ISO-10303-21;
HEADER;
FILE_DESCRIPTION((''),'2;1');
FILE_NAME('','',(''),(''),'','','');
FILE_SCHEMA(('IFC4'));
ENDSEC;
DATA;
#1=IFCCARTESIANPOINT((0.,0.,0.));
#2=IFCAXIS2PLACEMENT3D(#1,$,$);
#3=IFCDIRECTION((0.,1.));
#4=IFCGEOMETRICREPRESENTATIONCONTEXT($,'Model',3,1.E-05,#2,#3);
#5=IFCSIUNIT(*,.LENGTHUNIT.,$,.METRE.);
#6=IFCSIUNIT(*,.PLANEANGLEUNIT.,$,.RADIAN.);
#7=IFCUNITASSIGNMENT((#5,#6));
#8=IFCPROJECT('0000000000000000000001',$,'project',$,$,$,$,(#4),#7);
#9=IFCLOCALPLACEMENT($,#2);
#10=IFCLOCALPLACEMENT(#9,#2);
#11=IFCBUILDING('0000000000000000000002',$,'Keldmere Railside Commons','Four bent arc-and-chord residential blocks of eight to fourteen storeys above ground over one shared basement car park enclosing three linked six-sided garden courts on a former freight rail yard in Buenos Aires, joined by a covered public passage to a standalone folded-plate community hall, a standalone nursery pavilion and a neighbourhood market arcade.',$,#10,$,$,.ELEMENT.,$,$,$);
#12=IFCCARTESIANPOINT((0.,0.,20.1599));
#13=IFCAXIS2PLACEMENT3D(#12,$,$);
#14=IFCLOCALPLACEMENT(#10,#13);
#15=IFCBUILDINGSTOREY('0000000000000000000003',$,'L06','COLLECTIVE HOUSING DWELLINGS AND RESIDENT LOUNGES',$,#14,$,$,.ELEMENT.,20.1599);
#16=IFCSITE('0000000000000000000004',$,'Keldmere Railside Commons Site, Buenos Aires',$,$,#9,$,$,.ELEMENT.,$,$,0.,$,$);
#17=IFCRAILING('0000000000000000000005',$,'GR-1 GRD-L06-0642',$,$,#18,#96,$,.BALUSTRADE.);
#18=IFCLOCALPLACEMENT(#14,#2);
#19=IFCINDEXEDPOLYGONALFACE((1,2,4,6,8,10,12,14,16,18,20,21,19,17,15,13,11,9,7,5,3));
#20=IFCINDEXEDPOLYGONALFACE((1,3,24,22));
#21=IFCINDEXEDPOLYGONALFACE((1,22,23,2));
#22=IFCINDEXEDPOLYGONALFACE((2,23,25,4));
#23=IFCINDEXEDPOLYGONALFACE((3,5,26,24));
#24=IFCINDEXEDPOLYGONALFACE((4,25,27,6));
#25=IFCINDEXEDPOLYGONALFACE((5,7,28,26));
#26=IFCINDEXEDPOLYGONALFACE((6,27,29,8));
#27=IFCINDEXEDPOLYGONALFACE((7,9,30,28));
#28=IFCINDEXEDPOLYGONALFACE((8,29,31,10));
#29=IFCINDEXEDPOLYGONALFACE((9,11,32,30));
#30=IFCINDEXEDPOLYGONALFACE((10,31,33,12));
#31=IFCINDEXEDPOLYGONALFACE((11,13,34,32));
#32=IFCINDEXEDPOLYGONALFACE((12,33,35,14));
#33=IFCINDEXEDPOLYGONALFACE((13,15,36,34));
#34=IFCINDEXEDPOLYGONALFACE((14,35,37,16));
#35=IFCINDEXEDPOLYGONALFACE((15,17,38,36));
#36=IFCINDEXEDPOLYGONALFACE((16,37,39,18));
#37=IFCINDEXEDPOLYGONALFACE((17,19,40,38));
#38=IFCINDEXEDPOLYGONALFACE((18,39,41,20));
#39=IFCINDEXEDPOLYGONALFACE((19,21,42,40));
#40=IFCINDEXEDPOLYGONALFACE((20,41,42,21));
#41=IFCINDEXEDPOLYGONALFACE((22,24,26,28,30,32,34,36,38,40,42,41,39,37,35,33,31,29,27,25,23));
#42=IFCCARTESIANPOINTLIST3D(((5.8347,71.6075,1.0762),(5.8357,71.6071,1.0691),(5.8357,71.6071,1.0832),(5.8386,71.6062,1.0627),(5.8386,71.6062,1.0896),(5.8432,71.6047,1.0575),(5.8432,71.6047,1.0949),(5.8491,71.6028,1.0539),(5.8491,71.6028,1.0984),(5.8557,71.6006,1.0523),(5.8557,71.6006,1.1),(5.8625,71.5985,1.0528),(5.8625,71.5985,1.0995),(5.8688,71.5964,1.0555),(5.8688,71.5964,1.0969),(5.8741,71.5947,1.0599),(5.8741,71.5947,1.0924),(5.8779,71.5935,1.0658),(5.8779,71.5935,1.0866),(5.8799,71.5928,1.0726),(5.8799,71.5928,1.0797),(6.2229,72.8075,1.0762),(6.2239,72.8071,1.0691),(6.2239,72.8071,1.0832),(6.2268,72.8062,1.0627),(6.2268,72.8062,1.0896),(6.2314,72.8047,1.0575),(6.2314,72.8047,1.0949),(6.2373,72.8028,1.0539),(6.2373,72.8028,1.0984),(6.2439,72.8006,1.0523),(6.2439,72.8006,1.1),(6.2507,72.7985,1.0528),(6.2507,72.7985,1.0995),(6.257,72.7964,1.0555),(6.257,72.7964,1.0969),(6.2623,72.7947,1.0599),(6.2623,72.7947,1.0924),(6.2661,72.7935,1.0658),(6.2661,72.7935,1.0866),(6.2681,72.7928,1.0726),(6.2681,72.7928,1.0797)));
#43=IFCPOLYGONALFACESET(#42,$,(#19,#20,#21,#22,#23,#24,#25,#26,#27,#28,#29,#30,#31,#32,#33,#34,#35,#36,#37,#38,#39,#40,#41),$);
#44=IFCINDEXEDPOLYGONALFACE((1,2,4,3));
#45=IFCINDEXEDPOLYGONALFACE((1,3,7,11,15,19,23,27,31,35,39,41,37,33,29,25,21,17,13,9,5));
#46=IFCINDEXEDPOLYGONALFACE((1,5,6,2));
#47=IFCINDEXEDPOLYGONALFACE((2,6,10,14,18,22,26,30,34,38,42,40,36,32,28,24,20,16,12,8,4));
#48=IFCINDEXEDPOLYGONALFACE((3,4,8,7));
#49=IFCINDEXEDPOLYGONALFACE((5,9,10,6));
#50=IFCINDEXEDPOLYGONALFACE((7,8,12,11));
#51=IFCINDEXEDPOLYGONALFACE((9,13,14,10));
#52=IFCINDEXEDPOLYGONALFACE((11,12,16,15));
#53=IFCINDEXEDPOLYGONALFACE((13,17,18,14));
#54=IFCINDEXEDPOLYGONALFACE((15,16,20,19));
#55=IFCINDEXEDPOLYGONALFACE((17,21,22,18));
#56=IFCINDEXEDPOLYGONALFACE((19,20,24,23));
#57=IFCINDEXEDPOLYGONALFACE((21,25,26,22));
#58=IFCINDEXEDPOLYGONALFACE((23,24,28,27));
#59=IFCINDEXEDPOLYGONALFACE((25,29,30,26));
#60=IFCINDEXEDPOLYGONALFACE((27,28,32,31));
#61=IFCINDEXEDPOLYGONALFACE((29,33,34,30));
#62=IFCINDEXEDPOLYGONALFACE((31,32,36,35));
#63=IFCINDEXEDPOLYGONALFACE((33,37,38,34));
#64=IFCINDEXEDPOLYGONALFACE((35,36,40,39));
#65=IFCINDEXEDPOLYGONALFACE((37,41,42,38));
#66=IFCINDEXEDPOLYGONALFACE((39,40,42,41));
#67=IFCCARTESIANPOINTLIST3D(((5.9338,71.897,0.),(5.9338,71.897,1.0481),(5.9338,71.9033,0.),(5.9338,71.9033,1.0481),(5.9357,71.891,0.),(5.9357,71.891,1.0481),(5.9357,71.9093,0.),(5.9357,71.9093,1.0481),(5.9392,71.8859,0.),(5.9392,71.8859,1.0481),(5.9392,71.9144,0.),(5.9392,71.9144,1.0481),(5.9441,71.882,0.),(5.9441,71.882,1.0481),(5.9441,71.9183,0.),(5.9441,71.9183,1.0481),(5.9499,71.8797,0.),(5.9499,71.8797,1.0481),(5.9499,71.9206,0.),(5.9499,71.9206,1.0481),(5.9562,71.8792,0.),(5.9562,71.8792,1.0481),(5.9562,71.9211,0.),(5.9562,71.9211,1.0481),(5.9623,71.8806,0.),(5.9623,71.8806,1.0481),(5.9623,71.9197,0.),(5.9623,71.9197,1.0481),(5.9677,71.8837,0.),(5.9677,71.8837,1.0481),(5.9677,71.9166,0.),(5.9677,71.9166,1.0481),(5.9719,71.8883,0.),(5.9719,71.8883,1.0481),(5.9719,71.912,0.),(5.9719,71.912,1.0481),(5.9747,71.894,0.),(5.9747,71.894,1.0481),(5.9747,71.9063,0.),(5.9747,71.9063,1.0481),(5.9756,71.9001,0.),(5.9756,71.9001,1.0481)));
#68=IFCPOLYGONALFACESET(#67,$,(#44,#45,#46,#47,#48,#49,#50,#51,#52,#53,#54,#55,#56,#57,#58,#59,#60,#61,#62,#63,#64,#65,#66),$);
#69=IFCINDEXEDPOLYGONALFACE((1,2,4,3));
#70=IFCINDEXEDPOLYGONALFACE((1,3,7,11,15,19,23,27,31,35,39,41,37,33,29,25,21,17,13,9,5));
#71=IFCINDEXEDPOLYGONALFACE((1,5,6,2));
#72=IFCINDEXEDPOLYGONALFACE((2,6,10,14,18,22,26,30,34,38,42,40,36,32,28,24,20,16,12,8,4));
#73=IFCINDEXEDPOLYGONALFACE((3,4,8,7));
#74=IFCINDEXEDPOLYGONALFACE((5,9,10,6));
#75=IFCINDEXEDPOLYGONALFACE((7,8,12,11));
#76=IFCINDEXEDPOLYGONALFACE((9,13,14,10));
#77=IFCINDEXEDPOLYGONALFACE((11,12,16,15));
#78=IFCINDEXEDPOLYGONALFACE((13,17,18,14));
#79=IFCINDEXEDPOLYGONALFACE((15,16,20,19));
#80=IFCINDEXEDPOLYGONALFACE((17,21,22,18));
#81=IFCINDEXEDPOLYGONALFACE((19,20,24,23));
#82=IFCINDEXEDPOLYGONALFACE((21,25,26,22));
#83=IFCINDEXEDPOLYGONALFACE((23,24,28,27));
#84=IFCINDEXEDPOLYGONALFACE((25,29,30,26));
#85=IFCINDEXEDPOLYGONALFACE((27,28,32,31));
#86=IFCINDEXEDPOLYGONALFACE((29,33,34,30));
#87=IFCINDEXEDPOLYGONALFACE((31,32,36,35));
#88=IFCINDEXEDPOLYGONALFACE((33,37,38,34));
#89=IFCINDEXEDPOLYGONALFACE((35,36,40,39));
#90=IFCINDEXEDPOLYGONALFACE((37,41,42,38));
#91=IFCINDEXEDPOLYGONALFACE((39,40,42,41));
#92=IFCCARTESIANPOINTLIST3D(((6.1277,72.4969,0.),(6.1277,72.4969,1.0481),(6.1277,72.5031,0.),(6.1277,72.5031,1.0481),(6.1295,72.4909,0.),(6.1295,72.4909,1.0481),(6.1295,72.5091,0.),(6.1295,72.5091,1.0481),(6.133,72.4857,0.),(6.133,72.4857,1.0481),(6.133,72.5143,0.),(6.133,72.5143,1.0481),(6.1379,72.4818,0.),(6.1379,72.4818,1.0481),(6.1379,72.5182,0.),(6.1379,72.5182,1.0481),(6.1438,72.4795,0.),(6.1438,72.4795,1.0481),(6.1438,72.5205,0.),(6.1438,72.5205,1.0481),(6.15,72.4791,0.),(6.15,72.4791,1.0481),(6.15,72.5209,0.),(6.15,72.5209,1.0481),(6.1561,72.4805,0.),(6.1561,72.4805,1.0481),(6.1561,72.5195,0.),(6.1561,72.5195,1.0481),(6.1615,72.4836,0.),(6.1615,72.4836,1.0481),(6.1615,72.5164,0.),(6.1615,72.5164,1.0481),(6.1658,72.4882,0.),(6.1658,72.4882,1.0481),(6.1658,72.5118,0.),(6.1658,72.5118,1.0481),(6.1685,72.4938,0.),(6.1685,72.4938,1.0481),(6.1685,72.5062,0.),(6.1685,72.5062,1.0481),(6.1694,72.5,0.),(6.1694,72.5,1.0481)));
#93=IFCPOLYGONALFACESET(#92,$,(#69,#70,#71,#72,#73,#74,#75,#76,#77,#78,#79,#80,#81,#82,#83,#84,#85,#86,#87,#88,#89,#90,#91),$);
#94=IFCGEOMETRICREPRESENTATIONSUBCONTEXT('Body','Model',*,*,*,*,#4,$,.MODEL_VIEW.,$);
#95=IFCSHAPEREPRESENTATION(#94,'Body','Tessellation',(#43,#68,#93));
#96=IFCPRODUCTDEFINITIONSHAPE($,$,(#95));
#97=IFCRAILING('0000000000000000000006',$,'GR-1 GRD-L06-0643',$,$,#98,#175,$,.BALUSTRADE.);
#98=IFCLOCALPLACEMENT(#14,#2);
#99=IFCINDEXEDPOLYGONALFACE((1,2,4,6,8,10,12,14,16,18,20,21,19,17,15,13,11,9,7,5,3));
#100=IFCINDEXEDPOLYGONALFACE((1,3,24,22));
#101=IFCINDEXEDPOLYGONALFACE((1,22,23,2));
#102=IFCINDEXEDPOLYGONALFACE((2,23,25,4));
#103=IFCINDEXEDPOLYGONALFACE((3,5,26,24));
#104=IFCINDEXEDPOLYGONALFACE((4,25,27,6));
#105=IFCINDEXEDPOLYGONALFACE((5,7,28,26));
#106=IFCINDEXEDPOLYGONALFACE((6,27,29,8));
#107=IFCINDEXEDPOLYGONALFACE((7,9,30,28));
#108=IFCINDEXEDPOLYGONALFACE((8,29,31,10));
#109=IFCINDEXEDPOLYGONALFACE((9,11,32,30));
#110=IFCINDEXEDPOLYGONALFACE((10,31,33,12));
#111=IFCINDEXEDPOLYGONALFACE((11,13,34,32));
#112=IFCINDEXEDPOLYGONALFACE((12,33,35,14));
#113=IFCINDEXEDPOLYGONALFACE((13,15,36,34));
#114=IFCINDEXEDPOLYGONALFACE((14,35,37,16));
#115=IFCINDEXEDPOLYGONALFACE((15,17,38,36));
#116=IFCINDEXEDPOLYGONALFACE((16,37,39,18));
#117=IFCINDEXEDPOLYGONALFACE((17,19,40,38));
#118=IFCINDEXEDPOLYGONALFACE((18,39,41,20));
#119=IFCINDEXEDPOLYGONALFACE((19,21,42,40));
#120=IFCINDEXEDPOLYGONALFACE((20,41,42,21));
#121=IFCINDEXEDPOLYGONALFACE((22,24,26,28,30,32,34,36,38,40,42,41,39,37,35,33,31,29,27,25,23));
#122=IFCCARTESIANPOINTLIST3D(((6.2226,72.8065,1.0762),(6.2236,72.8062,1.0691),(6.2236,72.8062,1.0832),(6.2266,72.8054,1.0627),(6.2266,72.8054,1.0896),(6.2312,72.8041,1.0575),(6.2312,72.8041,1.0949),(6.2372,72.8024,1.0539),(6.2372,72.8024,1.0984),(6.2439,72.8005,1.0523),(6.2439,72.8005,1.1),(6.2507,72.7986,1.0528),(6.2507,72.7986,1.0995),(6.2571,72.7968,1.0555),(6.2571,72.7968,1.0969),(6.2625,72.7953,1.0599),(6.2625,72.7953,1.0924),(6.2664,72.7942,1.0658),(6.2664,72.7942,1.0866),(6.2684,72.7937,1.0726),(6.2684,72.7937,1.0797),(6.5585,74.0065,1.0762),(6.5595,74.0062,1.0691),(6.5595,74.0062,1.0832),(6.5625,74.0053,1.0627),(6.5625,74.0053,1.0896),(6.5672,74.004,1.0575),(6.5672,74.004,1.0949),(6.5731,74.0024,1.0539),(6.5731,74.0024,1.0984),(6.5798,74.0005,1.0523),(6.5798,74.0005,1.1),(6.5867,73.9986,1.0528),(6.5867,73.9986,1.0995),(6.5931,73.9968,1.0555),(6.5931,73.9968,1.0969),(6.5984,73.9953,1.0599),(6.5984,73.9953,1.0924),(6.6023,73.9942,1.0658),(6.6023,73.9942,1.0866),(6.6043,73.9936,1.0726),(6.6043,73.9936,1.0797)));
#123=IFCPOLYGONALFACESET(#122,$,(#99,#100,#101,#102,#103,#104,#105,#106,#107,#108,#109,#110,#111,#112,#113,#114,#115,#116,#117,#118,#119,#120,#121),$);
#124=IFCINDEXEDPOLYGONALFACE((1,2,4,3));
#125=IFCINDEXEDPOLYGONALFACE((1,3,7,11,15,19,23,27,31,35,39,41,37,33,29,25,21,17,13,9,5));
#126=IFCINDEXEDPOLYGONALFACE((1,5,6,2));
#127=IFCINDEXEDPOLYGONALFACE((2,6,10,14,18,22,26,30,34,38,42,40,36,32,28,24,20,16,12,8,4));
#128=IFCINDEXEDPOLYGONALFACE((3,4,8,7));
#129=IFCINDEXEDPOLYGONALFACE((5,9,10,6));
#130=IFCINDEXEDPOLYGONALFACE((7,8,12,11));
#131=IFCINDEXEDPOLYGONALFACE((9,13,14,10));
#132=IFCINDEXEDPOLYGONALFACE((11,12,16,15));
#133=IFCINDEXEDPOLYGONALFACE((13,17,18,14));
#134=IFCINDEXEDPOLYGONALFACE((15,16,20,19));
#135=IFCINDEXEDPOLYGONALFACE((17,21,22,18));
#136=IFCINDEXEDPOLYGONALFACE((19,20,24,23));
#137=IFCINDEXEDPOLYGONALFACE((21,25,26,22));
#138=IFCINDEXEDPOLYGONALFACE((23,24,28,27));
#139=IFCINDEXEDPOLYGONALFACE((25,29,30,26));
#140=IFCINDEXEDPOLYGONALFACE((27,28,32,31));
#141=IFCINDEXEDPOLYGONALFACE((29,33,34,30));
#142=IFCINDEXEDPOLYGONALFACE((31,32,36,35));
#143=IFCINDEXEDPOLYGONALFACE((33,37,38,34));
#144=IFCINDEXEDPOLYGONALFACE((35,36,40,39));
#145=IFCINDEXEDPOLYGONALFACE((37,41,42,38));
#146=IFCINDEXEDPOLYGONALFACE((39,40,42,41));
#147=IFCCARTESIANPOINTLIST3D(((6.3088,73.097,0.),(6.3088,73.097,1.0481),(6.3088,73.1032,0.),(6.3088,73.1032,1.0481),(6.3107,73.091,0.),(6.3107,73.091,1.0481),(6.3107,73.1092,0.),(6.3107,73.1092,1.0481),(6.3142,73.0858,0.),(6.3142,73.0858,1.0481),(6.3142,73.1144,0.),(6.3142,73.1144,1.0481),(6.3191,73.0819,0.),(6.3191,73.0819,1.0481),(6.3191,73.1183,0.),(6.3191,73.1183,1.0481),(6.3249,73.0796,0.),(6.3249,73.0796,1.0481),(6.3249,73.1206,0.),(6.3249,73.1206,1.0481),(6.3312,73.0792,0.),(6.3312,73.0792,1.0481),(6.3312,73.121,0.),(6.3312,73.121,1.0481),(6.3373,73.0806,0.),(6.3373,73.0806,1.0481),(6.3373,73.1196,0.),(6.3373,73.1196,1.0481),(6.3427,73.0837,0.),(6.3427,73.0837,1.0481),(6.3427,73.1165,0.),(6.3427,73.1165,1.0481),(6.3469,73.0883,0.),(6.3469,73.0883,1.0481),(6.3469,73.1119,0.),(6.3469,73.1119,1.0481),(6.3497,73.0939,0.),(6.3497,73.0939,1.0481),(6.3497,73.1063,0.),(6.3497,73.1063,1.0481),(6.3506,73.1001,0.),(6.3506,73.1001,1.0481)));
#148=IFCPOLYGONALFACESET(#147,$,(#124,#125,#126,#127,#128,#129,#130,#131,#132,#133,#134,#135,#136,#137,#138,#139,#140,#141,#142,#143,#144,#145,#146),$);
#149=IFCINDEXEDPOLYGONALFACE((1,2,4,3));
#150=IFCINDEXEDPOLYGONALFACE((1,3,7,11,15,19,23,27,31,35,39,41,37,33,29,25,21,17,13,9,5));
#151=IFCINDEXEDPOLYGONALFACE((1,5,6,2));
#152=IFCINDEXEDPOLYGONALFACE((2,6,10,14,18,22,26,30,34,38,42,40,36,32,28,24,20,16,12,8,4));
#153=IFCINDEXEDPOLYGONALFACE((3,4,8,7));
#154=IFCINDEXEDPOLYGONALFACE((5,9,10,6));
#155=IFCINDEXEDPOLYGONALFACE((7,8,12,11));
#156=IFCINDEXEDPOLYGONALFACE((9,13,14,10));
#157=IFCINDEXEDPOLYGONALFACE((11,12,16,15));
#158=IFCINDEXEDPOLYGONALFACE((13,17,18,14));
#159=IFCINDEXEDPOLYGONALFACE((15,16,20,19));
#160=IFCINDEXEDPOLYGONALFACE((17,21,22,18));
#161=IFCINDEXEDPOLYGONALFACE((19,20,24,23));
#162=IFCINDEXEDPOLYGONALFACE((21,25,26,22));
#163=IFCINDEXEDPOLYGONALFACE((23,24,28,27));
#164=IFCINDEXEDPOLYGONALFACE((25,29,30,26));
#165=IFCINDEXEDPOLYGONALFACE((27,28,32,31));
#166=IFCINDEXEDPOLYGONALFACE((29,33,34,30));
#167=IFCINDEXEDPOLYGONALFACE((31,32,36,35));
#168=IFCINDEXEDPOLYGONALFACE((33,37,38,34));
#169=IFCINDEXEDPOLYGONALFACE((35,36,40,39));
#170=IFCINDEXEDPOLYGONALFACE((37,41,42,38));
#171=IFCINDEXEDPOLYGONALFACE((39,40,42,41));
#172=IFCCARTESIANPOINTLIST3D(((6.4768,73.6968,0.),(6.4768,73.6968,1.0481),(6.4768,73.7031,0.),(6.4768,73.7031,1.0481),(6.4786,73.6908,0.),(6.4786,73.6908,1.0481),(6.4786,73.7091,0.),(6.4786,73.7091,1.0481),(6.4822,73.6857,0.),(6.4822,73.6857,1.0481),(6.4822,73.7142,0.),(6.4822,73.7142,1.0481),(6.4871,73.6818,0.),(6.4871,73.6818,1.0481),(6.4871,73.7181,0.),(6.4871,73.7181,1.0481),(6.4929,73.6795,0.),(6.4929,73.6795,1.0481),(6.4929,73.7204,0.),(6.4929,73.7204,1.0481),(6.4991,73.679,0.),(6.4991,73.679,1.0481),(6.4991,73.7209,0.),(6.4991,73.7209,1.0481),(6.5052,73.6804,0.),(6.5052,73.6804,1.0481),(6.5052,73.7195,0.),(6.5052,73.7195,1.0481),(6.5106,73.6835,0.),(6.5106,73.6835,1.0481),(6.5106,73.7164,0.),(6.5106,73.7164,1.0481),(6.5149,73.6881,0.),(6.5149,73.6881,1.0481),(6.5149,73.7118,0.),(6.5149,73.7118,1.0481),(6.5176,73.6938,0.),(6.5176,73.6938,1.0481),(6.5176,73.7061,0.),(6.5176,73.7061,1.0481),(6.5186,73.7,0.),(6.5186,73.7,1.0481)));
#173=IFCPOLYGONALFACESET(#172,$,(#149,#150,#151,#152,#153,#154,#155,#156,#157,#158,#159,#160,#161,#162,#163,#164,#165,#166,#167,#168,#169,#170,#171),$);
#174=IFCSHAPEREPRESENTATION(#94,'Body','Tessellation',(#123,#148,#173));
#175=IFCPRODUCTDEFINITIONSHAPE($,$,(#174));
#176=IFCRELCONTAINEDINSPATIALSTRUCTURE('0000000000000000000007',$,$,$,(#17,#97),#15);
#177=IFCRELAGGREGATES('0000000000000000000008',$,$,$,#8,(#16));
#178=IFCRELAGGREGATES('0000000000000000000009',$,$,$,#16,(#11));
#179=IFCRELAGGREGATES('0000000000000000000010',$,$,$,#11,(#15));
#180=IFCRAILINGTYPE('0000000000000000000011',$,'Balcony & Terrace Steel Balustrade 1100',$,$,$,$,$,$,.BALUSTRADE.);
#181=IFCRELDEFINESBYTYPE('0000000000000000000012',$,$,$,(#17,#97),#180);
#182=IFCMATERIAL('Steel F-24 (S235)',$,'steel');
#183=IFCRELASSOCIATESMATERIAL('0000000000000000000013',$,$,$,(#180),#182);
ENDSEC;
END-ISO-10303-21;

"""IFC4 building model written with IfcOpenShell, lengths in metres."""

from ifc_helpers import new_model, si_unit, direction, frame, origin, origin_2d, place, context, subcontext, project, spatial, circle, extrude, material, type_object, element, save


model = new_model("IFC4")

# Units and contexts
model_context = context("Model", 3, precision=1e-05, world=origin(), true_north=direction((0.0, 1.0)))
body_context = subcontext(model_context, "Body", "Model", "MODEL_VIEW")
ifc_project = project(units=[si_unit("LENGTHUNIT", "METRE"), si_unit("PLANEANGLEUNIT", "RADIAN")], contexts=[model_context])

# Site, building, storey
site_placement = place(None, origin())
site = spatial("IfcSite", under=ifc_project, at=site_placement, Name="Keldmere Railside Commons Site, Buenos Aires", CompositionType="ELEMENT", RefElevation=0.0)
building_placement = place(site_placement, origin())
building = spatial("IfcBuilding", under=site, at=building_placement, Name="Keldmere Railside Commons", Description="Four bent arc-and-chord residential blocks of eight to fourteen storeys above ground over one shared basement car park enclosing three linked six-sided garden courts on a former freight rail yard in Buenos Aires, joined by a covered public passage to a standalone folded-plate community hall, a standalone nursery pavilion and a neighbourhood market arcade.", CompositionType="ELEMENT")
storey_placement = place(building_placement, frame((0.0, 0.0, 20.1599)))
storey = spatial("IfcBuildingStorey", under=building, at=storey_placement, Name="L06", Description="COLLECTIVE HOUSING DWELLINGS AND RESIDENT LOUNGES", CompositionType="ELEMENT", Elevation=20.1599)

# Shared definitions
ifc_material_1 = material(Name="Steel F-24 (S235)", Category="steel")

# Railings
railing_type_1 = type_object("IfcRailingType", Name="Balcony & Terrace Steel Balustrade 1100", PredefinedType="BALUSTRADE", material=ifc_material_1)
railing_1_placement = place(storey_placement, frame((5.8574, 71.6001, 0.0)))
element("IfcRailing", 1, at=railing_1_placement, inside=storey, type_object=railing_type_1, Name="GR-1 GRD-L06-0642", PredefinedType="BALUSTRADE", context=body_context, shape_type="SweptSolid", body=[
    extrude(circle(Radius=0.0239, at=origin_2d()), frame((0.0, 0.0, 1.0762), z_axis=(0.307795, 0.951453, 0.0), x_axis=(-0.951453, 0.307795, 0.0)), (0.0, 0.0, 1.0), 1.2612),
    extrude(circle(Radius=0.021, at=origin_2d()), frame((0.0972, 0.3, 0.0)), (0.0, 0.0, 1.0), 1.0481),
    extrude(circle(Radius=0.021, at=origin_2d()), frame((0.291, 0.8999, 0.0)), (0.0, 0.0, 1.0), 1.0481),
])
railing_2_placement = place(storey_placement, frame((6.2456, 72.8, 0.0)))
element("IfcRailing", 2, at=railing_2_placement, inside=storey, type_object=railing_type_1, Name="GR-1 GRD-L06-0643", PredefinedType="BALUSTRADE", context=body_context, shape_type="SweptSolid", body=[
    extrude(circle(Radius=0.0239, at=origin_2d()), frame((0.0, 0.0, 1.0762), z_axis=(0.269594, 0.962974, 0.0), x_axis=(-0.962974, 0.269594, 0.0)), (0.0, 0.0, 1.0), 1.2461),
    extrude(circle(Radius=0.021, at=origin_2d()), frame((0.084, 0.3, 0.0)), (0.0, 0.0, 1.0), 1.0481),
    extrude(circle(Radius=0.021, at=origin_2d()), frame((0.252, 0.8999, 0.0)), (0.0, 0.0, 1.0), 1.0481),
])

save(model, "model.ifc")
